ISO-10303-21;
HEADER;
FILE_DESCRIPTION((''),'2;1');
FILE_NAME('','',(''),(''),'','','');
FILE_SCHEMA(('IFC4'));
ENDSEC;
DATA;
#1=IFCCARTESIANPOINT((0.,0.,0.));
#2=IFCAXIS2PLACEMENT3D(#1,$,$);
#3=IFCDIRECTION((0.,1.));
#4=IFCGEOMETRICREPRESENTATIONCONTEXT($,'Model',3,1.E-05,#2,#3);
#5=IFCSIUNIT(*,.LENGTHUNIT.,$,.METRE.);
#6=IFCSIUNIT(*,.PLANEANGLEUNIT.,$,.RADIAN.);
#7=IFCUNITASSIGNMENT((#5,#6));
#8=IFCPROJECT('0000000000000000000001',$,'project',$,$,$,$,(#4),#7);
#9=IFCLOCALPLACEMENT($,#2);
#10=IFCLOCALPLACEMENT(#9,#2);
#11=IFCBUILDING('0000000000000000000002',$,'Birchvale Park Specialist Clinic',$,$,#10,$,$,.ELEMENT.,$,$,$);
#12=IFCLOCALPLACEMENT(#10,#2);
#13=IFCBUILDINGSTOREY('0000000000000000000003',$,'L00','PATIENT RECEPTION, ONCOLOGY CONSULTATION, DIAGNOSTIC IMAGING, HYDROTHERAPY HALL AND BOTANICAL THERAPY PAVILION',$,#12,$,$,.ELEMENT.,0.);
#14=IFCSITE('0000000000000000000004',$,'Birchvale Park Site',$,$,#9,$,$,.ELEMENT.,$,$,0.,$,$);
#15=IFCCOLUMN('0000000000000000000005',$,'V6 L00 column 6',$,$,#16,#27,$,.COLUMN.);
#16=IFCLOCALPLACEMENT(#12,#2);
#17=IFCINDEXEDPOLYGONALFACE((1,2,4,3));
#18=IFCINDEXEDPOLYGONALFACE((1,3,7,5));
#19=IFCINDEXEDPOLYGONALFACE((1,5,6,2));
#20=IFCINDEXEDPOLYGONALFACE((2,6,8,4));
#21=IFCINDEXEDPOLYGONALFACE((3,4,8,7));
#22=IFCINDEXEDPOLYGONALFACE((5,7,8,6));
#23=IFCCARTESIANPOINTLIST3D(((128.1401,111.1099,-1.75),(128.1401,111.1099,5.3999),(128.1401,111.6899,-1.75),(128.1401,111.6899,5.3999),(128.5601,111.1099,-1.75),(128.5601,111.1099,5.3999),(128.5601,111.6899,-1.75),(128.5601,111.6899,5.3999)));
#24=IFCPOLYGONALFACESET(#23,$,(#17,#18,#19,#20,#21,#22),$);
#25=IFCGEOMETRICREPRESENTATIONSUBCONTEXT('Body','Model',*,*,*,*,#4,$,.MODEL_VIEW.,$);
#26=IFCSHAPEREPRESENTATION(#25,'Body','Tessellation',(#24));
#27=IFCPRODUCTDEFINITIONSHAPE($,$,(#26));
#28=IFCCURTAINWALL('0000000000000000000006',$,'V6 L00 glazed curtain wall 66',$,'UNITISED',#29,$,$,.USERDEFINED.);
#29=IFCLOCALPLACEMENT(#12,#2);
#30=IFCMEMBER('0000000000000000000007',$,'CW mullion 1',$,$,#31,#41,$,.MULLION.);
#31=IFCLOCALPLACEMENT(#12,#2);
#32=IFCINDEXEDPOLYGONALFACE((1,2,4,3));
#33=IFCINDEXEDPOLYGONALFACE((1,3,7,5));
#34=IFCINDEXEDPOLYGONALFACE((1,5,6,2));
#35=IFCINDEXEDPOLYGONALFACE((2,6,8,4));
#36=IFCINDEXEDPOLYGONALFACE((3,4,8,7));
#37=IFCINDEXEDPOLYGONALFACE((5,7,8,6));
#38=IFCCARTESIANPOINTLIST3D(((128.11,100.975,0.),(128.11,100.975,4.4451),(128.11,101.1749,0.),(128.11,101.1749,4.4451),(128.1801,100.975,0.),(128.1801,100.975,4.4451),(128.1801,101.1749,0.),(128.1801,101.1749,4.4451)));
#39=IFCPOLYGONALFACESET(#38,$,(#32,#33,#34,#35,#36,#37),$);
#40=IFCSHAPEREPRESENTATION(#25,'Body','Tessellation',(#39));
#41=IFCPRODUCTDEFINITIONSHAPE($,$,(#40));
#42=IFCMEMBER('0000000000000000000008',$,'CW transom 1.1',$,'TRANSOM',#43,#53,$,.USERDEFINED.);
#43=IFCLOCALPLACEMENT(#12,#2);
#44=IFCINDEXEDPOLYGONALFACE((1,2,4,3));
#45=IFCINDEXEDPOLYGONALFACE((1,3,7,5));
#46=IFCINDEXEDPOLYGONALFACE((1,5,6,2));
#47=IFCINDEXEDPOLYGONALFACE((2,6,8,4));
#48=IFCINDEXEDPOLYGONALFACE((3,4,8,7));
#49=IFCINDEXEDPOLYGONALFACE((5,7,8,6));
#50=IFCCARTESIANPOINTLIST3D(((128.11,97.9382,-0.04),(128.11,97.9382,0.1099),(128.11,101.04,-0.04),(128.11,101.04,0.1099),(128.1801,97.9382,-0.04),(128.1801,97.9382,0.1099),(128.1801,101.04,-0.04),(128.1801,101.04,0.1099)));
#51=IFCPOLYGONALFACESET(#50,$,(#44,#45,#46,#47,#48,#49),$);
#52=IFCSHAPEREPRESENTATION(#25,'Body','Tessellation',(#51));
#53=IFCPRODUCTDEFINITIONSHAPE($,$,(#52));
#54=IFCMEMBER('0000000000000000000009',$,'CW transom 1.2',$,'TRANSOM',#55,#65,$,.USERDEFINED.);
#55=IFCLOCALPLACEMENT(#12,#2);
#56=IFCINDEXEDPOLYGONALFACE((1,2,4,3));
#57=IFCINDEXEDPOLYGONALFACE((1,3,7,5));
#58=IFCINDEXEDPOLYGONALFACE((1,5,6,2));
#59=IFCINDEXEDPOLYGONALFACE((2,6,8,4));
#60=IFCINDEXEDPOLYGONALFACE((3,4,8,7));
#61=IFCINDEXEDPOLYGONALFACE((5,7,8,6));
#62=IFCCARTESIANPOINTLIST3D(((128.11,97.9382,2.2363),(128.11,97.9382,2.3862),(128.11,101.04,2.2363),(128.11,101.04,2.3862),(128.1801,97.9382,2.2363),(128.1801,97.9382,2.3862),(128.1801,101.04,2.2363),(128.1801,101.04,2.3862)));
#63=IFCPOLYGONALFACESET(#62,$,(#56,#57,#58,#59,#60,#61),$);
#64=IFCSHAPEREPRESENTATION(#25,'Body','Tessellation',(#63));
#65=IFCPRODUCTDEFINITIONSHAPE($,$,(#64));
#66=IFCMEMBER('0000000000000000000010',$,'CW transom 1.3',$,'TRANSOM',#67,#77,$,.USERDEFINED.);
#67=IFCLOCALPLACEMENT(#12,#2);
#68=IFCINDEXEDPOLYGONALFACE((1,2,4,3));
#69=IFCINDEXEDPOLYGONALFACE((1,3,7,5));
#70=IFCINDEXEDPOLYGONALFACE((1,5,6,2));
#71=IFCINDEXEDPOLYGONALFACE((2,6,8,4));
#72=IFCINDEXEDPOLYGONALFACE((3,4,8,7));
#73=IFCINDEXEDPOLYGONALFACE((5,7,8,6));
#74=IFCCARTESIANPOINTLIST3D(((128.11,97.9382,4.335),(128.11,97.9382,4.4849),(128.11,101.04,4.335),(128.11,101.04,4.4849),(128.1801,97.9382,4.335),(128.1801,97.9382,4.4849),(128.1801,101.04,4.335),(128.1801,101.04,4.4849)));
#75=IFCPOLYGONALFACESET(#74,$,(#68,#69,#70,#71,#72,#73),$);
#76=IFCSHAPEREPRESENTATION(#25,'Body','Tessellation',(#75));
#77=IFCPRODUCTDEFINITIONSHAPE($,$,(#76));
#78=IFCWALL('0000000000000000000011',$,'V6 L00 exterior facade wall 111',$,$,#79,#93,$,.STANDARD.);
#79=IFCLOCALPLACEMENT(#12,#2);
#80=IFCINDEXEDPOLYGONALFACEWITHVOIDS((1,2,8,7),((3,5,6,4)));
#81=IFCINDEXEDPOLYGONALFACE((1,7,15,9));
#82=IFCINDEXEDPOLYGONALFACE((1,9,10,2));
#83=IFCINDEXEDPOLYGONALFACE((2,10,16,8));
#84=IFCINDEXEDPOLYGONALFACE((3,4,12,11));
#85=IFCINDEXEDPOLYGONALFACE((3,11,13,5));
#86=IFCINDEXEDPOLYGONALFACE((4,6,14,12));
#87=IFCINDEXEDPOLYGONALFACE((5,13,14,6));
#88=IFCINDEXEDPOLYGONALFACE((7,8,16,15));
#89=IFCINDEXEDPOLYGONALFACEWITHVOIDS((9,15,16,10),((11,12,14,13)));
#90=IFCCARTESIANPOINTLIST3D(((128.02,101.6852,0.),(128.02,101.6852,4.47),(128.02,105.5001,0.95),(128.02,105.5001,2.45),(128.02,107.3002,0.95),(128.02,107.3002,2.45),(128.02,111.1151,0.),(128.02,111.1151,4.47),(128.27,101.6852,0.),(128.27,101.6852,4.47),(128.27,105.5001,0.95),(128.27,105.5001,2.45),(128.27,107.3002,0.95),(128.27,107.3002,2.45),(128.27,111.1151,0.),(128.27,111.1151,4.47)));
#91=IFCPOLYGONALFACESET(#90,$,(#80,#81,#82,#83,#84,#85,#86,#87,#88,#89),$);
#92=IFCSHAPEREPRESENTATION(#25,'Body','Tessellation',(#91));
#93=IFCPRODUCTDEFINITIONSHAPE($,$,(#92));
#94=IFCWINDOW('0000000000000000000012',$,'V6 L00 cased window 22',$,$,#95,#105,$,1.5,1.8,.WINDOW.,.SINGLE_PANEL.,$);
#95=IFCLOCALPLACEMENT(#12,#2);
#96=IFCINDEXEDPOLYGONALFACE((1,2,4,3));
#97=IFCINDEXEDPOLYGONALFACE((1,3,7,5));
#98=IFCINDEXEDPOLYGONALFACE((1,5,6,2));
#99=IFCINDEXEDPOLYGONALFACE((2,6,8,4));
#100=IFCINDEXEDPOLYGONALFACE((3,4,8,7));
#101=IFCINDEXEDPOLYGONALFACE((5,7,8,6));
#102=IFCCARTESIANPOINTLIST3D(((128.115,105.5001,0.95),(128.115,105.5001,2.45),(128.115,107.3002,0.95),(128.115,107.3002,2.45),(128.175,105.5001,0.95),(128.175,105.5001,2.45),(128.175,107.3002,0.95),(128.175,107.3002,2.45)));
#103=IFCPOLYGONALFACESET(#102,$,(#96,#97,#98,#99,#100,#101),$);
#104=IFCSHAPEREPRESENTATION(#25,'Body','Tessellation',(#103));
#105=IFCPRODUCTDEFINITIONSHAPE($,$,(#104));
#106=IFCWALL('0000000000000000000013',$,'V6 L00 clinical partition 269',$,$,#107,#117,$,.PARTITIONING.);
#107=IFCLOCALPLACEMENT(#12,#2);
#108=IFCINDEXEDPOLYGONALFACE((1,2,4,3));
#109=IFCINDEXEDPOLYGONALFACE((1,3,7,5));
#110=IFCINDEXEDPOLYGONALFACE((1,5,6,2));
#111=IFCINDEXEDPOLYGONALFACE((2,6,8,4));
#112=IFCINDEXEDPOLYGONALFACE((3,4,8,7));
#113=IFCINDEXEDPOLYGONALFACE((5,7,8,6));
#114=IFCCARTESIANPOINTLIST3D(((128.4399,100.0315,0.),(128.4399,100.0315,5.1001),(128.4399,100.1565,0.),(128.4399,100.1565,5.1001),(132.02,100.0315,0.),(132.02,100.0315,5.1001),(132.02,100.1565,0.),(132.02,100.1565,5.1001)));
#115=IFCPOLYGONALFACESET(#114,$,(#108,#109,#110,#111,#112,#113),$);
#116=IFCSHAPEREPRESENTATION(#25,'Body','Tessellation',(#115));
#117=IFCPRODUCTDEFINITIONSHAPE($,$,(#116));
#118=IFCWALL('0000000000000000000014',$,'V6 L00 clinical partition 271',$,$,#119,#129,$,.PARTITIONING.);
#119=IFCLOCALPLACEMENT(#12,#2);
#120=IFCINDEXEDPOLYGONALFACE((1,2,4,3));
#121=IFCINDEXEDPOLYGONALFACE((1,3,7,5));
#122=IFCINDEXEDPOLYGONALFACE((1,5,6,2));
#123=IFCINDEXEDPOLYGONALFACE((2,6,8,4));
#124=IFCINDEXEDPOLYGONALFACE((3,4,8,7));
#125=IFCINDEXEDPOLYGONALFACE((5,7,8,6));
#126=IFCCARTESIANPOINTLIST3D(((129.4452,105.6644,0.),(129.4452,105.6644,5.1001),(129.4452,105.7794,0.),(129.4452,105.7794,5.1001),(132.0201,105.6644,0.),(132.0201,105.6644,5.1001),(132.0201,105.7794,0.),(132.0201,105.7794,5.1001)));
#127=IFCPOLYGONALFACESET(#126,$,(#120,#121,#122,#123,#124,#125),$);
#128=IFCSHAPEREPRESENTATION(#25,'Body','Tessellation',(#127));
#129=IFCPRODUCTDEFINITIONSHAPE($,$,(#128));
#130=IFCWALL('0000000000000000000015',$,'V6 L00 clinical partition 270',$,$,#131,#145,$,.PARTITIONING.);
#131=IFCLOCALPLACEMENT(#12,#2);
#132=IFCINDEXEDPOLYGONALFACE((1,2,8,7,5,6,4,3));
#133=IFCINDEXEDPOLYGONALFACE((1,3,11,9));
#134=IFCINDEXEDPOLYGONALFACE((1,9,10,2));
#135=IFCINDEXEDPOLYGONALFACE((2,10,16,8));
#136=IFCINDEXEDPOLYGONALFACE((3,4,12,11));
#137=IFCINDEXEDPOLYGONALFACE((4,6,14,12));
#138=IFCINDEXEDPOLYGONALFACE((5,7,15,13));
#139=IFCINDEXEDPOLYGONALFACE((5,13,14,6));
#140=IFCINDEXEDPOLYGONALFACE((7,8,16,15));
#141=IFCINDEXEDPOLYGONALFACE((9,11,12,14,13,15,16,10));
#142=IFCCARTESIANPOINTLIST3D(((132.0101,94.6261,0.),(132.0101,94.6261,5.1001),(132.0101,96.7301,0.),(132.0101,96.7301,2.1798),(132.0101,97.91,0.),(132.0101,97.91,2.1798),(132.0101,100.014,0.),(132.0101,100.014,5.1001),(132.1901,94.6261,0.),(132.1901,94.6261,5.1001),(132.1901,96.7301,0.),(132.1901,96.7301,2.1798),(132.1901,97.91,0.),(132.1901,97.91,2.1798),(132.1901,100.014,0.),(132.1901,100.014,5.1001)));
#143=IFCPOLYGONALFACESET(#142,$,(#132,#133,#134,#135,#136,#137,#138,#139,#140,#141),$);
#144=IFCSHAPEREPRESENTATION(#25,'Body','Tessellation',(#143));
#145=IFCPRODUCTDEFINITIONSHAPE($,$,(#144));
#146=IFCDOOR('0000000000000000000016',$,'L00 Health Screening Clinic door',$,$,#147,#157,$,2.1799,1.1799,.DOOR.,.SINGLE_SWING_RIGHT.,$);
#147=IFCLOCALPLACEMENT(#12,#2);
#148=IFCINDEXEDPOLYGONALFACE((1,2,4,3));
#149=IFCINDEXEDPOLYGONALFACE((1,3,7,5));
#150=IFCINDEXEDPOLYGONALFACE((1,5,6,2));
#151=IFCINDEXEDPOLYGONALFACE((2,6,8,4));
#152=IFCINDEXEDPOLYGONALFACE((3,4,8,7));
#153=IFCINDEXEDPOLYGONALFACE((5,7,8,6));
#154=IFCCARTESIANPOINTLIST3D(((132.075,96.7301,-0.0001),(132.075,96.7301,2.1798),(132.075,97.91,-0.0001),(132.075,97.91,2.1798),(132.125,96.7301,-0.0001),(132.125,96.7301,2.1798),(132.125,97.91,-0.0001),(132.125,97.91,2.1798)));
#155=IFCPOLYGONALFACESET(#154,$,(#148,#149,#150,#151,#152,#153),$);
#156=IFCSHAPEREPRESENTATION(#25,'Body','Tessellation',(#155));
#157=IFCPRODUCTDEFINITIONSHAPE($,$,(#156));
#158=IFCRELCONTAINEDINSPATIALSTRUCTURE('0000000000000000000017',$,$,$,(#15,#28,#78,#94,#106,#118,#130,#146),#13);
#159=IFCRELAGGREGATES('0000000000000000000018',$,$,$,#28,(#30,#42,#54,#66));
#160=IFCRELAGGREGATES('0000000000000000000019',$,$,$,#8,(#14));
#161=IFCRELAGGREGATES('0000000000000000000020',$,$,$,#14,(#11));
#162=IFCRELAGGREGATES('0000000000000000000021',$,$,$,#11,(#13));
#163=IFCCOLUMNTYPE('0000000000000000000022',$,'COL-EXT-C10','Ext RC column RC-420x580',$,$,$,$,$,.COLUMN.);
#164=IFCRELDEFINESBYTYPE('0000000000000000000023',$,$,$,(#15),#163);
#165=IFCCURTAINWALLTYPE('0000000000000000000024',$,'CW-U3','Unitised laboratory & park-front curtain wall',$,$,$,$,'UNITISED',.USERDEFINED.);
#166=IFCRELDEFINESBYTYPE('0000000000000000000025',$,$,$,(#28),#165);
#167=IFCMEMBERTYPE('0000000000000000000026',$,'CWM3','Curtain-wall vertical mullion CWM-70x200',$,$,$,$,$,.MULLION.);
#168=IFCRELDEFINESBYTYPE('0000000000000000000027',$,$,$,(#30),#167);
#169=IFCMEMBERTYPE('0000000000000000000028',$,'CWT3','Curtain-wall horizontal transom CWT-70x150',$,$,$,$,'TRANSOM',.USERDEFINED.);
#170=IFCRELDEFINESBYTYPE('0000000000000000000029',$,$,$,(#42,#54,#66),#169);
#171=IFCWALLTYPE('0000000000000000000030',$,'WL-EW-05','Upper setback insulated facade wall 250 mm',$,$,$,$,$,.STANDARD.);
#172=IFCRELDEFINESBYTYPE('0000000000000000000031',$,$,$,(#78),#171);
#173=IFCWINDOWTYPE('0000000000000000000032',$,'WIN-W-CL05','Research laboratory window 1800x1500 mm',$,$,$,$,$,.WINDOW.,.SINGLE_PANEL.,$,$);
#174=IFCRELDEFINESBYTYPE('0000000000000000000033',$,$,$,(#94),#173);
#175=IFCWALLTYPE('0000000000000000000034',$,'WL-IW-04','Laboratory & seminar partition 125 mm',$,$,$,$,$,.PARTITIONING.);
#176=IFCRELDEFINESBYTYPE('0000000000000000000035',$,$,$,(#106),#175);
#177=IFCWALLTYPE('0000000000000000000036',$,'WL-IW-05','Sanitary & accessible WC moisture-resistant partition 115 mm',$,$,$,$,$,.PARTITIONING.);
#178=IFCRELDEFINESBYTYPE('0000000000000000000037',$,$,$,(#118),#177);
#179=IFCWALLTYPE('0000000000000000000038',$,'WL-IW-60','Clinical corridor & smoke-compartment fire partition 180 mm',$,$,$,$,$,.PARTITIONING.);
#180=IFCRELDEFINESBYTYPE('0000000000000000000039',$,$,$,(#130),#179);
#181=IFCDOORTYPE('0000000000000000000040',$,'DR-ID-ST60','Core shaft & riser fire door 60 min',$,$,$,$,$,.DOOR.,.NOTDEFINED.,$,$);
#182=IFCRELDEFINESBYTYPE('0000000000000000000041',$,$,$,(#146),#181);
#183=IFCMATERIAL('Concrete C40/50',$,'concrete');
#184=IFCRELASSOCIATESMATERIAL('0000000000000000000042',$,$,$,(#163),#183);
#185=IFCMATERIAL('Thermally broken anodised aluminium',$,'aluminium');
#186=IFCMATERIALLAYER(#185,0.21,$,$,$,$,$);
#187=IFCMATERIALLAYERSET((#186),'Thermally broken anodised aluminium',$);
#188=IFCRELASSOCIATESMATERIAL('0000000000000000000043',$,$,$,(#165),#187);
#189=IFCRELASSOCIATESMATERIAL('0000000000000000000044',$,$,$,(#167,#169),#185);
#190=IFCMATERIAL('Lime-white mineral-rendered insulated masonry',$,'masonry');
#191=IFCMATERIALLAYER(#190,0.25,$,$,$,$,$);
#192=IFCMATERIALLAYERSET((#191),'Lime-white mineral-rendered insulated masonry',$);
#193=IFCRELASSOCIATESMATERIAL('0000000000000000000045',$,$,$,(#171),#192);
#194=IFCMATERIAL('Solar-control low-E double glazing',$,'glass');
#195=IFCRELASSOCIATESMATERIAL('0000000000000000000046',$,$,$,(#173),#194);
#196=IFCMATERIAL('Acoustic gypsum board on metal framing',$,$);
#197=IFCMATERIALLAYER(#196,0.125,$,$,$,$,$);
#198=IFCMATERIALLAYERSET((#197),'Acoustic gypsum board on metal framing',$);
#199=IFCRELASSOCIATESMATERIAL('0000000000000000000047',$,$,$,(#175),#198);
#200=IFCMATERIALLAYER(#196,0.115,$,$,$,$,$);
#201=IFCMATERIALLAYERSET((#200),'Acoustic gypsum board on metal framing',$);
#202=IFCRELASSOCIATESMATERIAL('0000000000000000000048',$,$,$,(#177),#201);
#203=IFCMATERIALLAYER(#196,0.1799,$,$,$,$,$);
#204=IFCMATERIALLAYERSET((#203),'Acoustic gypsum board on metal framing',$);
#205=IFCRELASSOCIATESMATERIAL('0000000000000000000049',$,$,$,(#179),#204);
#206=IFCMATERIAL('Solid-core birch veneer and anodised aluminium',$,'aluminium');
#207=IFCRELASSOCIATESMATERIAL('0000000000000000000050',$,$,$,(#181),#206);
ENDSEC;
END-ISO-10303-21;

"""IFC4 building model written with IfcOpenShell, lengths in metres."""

from ifc_helpers import new_model, si_unit, direction, frame, frame_2d, origin, origin_2d, place, context, subcontext, project, spatial, rectangle, extrude, material, layer, layer_set, material_profile, profile_set, type_object, element, fill, aggregate, save


model = new_model("IFC4")

# Units and contexts
model_context = context("Model", 3, precision=1e-05, world=origin(), true_north=direction((0.0, 1.0)))
body_context = subcontext(model_context, "Body", "Model", "MODEL_VIEW")
ifc_project = project(units=[si_unit("LENGTHUNIT", "METRE"), si_unit("PLANEANGLEUNIT", "RADIAN")], contexts=[model_context])

# Site, building, storey
site_placement = place(None, origin())
site = spatial("IfcSite", under=ifc_project, at=site_placement, Name="Birchvale Park Site", CompositionType="ELEMENT", RefElevation=0.0)
building_placement = place(site_placement, origin())
building = spatial("IfcBuilding", under=site, at=building_placement, Name="Birchvale Park Specialist Clinic", CompositionType="ELEMENT")
storey_placement = place(building_placement, origin())
storey = spatial("IfcBuildingStorey", under=building, at=storey_placement, Name="L00", Description="PATIENT RECEPTION, ONCOLOGY CONSULTATION, DIAGNOSTIC IMAGING, HYDROTHERAPY HALL AND BOTANICAL THERAPY PAVILION", CompositionType="ELEMENT", Elevation=0.0)

# Shared definitions
ifc_material_1 = material(Name="Concrete C40/50", Category="concrete")

# Column
ifc_material_profile_1 = material_profile(ifc_material_1, rectangle(XDim=0.4199, YDim=0.5801, at=origin_2d()), Name="RC-420x580")
ifc_profile_set_1 = profile_set([ifc_material_profile_1], Name="Concrete C40/50")
column_type_1 = type_object("IfcColumnType", Name="COL-EXT-C10", Description="Ext RC column RC-420x580", PredefinedType="COLUMN", material=ifc_profile_set_1)
column_1_placement = place(storey_placement, frame((128.3501, 111.3999, -1.75), z_axis=(0.0, 0.0, 1.0), x_axis=(1.0, 0.0, 0.0)))
element("IfcColumn", 1, at=column_1_placement, inside=storey, type_object=column_type_1, Name="V6 L00 column 6", PredefinedType="COLUMN", context=body_context, shape_type="SweptSolid", body=[
    extrude(rectangle(XDim=0.4199, YDim=0.5801, at=origin_2d()), origin(), (0.0, 0.0, 1.0), 7.1499),
])

# Curtain wall, members
ifc_material_2 = material(Name="Thermally broken anodised aluminium", Category="aluminium")
ifc_layer_1 = layer(ifc_material_2, 0.21)
ifc_layer_set_1 = layer_set([ifc_layer_1], Name="Thermally broken anodised aluminium")
curtain_wall_type = type_object("IfcCurtainWallType", Name="CW-U3", Description="Unitised laboratory & park-front curtain wall", ElementType="UNITISED", PredefinedType="USERDEFINED", material=ifc_layer_set_1)
curtain_wall_placement = place(storey_placement, origin())
curtain_wall = element("IfcCurtainWall", 2, at=curtain_wall_placement, inside=storey, type_object=curtain_wall_type, Name="V6 L00 glazed curtain wall 66", ObjectType="UNITISED", PredefinedType="USERDEFINED")
ifc_material_profile_2 = material_profile(ifc_material_2, rectangle(XDim=0.0701, YDim=0.2, at=origin_2d()), Name="CWM-70x200")
ifc_profile_set_2 = profile_set([ifc_material_profile_2], Name="Thermally broken anodised aluminium")
member_type_1 = type_object("IfcMemberType", Name="CWM3", Description="Curtain-wall vertical mullion CWM-70x200", PredefinedType="MULLION", material=ifc_profile_set_2)
member_1_placement = place(storey_placement, frame((128.145, 101.075, 0.0), z_axis=(0.0, 0.0, 1.0), x_axis=(1.0, 0.0, 0.0)))
member_1 = element("IfcMember", 3, at=member_1_placement, type_object=member_type_1, Name="CW mullion 1", PredefinedType="MULLION", context=body_context, shape_type="SweptSolid", body=[
    extrude(rectangle(XDim=0.0701, YDim=0.2, at=origin_2d()), origin(), (0.0, 0.0, 1.0), 4.4451),
])
ifc_material_profile_3 = material_profile(ifc_material_2, rectangle(XDim=0.0701, YDim=0.1499, at=origin_2d()), Name="CWT-70x150")
ifc_profile_set_3 = profile_set([ifc_material_profile_3], Name="Thermally broken anodised aluminium")
member_type_2 = type_object("IfcMemberType", Name="CWT3", Description="Curtain-wall horizontal transom CWT-70x150", ElementType="TRANSOM", PredefinedType="USERDEFINED", material=ifc_profile_set_3)
member_2_placement = place(storey_placement, frame((128.145, 101.04, 0.0349), z_axis=(0.0, -1.0, 0.0), x_axis=(1.0, 0.0, 0.0)))
member_2 = element("IfcMember", 4, at=member_2_placement, type_object=member_type_2, Name="CW transom 1.1", ObjectType="TRANSOM", PredefinedType="USERDEFINED", context=body_context, shape_type="SweptSolid", body=[
    extrude(rectangle(XDim=0.0701, YDim=0.1499, at=origin_2d()), origin(), (0.0, 0.0, 1.0), 3.1018),
])
member_3_placement = place(storey_placement, frame((128.145, 101.04, 2.3113), z_axis=(0.0, -1.0, 0.0), x_axis=(1.0, 0.0, 0.0)))
member_3 = element("IfcMember", 5, at=member_3_placement, type_object=member_type_2, Name="CW transom 1.2", ObjectType="TRANSOM", PredefinedType="USERDEFINED", context=body_context, shape_type="SweptSolid", body=[
    extrude(rectangle(XDim=0.0701, YDim=0.1499, at=origin_2d()), origin(), (0.0, 0.0, 1.0), 3.1018),
])
member_4_placement = place(storey_placement, frame((128.145, 101.04, 4.4099), z_axis=(0.0, -1.0, 0.0), x_axis=(1.0, 0.0, 0.0)))
member_4 = element("IfcMember", 6, at=member_4_placement, type_object=member_type_2, Name="CW transom 1.3", ObjectType="TRANSOM", PredefinedType="USERDEFINED", context=body_context, shape_type="SweptSolid", body=[
    extrude(rectangle(XDim=0.0701, YDim=0.1499, at=origin_2d()), origin(), (0.0, 0.0, 1.0), 3.1018),
])
aggregate(curtain_wall, [member_1, member_2, member_3, member_4])

# Wall, opening, window
ifc_material_3 = material(Name="Lime-white mineral-rendered insulated masonry", Category="masonry")
ifc_layer_2 = layer(ifc_material_3, 0.25)
ifc_layer_set_2 = layer_set([ifc_layer_2], Name="Lime-white mineral-rendered insulated masonry")
wall_type_1 = type_object("IfcWallType", Name="WL-EW-05", Description="Upper setback insulated facade wall 250 mm", PredefinedType="STANDARD", material=ifc_layer_set_2)
wall_1_placement = place(storey_placement, frame((128.145, 111.115, 0.0), z_axis=(0.0, 0.0, 1.0), x_axis=(0.0, -1.0, 0.0)))
wall_1 = element("IfcWall", 7, at=wall_1_placement, inside=storey, type_object=wall_type_1, Name="V6 L00 exterior facade wall 111", PredefinedType="STANDARD", context=body_context, shape_type="SweptSolid", body=[
    extrude(rectangle(XDim=9.4299, YDim=0.25, at=frame_2d((4.7148, 0.0))), origin(), (0.0, 0.0, 1.0), 4.47),
])
opening_1_placement = place(wall_1_placement, frame((3.8149, 0.0, 0.95)))
opening_1 = element("IfcOpeningElement", 8, at=opening_1_placement, cuts=wall_1, PredefinedType="OPENING", context=body_context, shape_type="SweptSolid", body=[
    extrude(rectangle(XDim=1.8, YDim=1.5, at=frame_2d((0.8999, 0.75))), frame((0.0, 0.135, 0.0), z_axis=(0.0, -1.0, 0.0), x_axis=(1.0, 0.0, 0.0)), (0.0, 0.0, 1.0), 0.27),
])
ifc_material_4 = material(Name="Solar-control low-E double glazing", Category="glass")
window_type = type_object("IfcWindowType", Name="WIN-W-CL05", Description="Research laboratory window 1800x1500 mm", PartitioningType="SINGLE_PANEL", PredefinedType="WINDOW", material=ifc_material_4)
window_placement = place(opening_1_placement, origin())
window = element("IfcWindow", 9, at=window_placement, inside=storey, type_object=window_type, Name="V6 L00 cased window 22", OverallHeight=1.5, OverallWidth=1.8, PartitioningType="SINGLE_PANEL", PredefinedType="WINDOW", context=body_context, shape_type="SweptSolid", body=[
    extrude(rectangle(XDim=1.8, YDim=1.5, at=frame_2d((0.8999, 0.75))), frame((0.0, 0.03, 0.0), z_axis=(0.0, -1.0, 0.0), x_axis=(1.0, 0.0, 0.0)), (0.0, 0.0, 1.0), 0.0601),
])
fill(opening_1, window)

# Walls
ifc_material_5 = material(Name="Acoustic gypsum board on metal framing")
ifc_layer_3 = layer(ifc_material_5, 0.125)
ifc_layer_set_3 = layer_set([ifc_layer_3], Name="Acoustic gypsum board on metal framing")
wall_type_2 = type_object("IfcWallType", Name="WL-IW-04", Description="Laboratory & seminar partition 125 mm", PredefinedType="PARTITIONING", material=ifc_layer_set_3)
wall_2_placement = place(storey_placement, frame((128.4399, 100.094, 0.0), z_axis=(0.0, 0.0, 1.0), x_axis=(1.0, 0.0, 0.0)))
element("IfcWall", 10, at=wall_2_placement, inside=storey, type_object=wall_type_2, Name="V6 L00 clinical partition 269", PredefinedType="PARTITIONING", context=body_context, shape_type="SweptSolid", body=[
    extrude(rectangle(XDim=3.5801, YDim=0.125, at=frame_2d((1.79, 0.0))), origin(), (0.0, 0.0, 1.0), 5.1001),
])
ifc_layer_4 = layer(ifc_material_5, 0.115)
ifc_layer_set_4 = layer_set([ifc_layer_4], Name="Acoustic gypsum board on metal framing")
wall_type_3 = type_object("IfcWallType", Name="WL-IW-05", Description="Sanitary & accessible WC moisture-resistant partition 115 mm", PredefinedType="PARTITIONING", material=ifc_layer_set_4)
wall_3_placement = place(storey_placement, frame((129.4451, 105.7219, 0.0), z_axis=(0.0, 0.0, 1.0), x_axis=(1.0, 0.0, 0.0)))
element("IfcWall", 11, at=wall_3_placement, inside=storey, type_object=wall_type_3, Name="V6 L00 clinical partition 271", PredefinedType="PARTITIONING", context=body_context, shape_type="SweptSolid", body=[
    extrude(rectangle(XDim=2.575, YDim=0.115, at=frame_2d((1.2876, 0.0))), origin(), (0.0, 0.0, 1.0), 5.1001),
])

# Wall, opening, door
ifc_layer_5 = layer(ifc_material_5, 0.1799)
ifc_layer_set_5 = layer_set([ifc_layer_5], Name="Acoustic gypsum board on metal framing")
wall_type_4 = type_object("IfcWallType", Name="WL-IW-60", Description="Clinical corridor & smoke-compartment fire partition 180 mm", PredefinedType="PARTITIONING", material=ifc_layer_set_5)
wall_4_placement = place(storey_placement, frame((132.1001, 100.0139, 0.0), z_axis=(0.0, 0.0, 1.0), x_axis=(0.0, -1.0, 0.0)))
wall_4 = element("IfcWall", 12, at=wall_4_placement, inside=storey, type_object=wall_type_4, Name="V6 L00 clinical partition 270", PredefinedType="PARTITIONING", context=body_context, shape_type="SweptSolid", body=[
    extrude(rectangle(XDim=5.3879, YDim=0.1799, at=frame_2d((2.6938, 0.0))), origin(), (0.0, 0.0, 1.0), 5.1001),
])
opening_2_placement = place(wall_4_placement, frame((2.104, 0.0, 0.0)))
opening_2 = element("IfcOpeningElement", 13, at=opening_2_placement, cuts=wall_4, PredefinedType="OPENING", context=body_context, shape_type="SweptSolid", body=[
    extrude(rectangle(XDim=1.1799, YDim=2.1799, at=frame_2d((0.5898, 1.0898))), frame((0.0, 0.1001, 0.0), z_axis=(0.0, -1.0, 0.0), x_axis=(1.0, 0.0, 0.0)), (0.0, 0.0, 1.0), 0.2),
])
ifc_material_6 = material(Name="Solid-core birch veneer and anodised aluminium", Category="aluminium")
door_type_1 = type_object("IfcDoorType", Name="DR-ID-ST60", Description="Core shaft & riser fire door 60 min", OperationType="NOTDEFINED", PredefinedType="DOOR", material=ifc_material_6)
door_1_placement = place(opening_2_placement, origin())
door_1 = element("IfcDoor", 14, at=door_1_placement, inside=storey, type_object=door_type_1, Name="L00 Health Screening Clinic door", OperationType="SINGLE_SWING_RIGHT", OverallHeight=2.1799, OverallWidth=1.1799, PredefinedType="DOOR", context=body_context, shape_type="SweptSolid", body=[
    extrude(rectangle(XDim=1.1799, YDim=2.1799, at=frame_2d((0.5898, 1.0898))), frame((0.0, 0.0249, 0.0), z_axis=(0.0, -1.0, 0.0), x_axis=(1.0, 0.0, 0.0)), (0.0, 0.0, 1.0), 0.05),
])
fill(opening_2, door_1)

save(model, "model.ifc")
